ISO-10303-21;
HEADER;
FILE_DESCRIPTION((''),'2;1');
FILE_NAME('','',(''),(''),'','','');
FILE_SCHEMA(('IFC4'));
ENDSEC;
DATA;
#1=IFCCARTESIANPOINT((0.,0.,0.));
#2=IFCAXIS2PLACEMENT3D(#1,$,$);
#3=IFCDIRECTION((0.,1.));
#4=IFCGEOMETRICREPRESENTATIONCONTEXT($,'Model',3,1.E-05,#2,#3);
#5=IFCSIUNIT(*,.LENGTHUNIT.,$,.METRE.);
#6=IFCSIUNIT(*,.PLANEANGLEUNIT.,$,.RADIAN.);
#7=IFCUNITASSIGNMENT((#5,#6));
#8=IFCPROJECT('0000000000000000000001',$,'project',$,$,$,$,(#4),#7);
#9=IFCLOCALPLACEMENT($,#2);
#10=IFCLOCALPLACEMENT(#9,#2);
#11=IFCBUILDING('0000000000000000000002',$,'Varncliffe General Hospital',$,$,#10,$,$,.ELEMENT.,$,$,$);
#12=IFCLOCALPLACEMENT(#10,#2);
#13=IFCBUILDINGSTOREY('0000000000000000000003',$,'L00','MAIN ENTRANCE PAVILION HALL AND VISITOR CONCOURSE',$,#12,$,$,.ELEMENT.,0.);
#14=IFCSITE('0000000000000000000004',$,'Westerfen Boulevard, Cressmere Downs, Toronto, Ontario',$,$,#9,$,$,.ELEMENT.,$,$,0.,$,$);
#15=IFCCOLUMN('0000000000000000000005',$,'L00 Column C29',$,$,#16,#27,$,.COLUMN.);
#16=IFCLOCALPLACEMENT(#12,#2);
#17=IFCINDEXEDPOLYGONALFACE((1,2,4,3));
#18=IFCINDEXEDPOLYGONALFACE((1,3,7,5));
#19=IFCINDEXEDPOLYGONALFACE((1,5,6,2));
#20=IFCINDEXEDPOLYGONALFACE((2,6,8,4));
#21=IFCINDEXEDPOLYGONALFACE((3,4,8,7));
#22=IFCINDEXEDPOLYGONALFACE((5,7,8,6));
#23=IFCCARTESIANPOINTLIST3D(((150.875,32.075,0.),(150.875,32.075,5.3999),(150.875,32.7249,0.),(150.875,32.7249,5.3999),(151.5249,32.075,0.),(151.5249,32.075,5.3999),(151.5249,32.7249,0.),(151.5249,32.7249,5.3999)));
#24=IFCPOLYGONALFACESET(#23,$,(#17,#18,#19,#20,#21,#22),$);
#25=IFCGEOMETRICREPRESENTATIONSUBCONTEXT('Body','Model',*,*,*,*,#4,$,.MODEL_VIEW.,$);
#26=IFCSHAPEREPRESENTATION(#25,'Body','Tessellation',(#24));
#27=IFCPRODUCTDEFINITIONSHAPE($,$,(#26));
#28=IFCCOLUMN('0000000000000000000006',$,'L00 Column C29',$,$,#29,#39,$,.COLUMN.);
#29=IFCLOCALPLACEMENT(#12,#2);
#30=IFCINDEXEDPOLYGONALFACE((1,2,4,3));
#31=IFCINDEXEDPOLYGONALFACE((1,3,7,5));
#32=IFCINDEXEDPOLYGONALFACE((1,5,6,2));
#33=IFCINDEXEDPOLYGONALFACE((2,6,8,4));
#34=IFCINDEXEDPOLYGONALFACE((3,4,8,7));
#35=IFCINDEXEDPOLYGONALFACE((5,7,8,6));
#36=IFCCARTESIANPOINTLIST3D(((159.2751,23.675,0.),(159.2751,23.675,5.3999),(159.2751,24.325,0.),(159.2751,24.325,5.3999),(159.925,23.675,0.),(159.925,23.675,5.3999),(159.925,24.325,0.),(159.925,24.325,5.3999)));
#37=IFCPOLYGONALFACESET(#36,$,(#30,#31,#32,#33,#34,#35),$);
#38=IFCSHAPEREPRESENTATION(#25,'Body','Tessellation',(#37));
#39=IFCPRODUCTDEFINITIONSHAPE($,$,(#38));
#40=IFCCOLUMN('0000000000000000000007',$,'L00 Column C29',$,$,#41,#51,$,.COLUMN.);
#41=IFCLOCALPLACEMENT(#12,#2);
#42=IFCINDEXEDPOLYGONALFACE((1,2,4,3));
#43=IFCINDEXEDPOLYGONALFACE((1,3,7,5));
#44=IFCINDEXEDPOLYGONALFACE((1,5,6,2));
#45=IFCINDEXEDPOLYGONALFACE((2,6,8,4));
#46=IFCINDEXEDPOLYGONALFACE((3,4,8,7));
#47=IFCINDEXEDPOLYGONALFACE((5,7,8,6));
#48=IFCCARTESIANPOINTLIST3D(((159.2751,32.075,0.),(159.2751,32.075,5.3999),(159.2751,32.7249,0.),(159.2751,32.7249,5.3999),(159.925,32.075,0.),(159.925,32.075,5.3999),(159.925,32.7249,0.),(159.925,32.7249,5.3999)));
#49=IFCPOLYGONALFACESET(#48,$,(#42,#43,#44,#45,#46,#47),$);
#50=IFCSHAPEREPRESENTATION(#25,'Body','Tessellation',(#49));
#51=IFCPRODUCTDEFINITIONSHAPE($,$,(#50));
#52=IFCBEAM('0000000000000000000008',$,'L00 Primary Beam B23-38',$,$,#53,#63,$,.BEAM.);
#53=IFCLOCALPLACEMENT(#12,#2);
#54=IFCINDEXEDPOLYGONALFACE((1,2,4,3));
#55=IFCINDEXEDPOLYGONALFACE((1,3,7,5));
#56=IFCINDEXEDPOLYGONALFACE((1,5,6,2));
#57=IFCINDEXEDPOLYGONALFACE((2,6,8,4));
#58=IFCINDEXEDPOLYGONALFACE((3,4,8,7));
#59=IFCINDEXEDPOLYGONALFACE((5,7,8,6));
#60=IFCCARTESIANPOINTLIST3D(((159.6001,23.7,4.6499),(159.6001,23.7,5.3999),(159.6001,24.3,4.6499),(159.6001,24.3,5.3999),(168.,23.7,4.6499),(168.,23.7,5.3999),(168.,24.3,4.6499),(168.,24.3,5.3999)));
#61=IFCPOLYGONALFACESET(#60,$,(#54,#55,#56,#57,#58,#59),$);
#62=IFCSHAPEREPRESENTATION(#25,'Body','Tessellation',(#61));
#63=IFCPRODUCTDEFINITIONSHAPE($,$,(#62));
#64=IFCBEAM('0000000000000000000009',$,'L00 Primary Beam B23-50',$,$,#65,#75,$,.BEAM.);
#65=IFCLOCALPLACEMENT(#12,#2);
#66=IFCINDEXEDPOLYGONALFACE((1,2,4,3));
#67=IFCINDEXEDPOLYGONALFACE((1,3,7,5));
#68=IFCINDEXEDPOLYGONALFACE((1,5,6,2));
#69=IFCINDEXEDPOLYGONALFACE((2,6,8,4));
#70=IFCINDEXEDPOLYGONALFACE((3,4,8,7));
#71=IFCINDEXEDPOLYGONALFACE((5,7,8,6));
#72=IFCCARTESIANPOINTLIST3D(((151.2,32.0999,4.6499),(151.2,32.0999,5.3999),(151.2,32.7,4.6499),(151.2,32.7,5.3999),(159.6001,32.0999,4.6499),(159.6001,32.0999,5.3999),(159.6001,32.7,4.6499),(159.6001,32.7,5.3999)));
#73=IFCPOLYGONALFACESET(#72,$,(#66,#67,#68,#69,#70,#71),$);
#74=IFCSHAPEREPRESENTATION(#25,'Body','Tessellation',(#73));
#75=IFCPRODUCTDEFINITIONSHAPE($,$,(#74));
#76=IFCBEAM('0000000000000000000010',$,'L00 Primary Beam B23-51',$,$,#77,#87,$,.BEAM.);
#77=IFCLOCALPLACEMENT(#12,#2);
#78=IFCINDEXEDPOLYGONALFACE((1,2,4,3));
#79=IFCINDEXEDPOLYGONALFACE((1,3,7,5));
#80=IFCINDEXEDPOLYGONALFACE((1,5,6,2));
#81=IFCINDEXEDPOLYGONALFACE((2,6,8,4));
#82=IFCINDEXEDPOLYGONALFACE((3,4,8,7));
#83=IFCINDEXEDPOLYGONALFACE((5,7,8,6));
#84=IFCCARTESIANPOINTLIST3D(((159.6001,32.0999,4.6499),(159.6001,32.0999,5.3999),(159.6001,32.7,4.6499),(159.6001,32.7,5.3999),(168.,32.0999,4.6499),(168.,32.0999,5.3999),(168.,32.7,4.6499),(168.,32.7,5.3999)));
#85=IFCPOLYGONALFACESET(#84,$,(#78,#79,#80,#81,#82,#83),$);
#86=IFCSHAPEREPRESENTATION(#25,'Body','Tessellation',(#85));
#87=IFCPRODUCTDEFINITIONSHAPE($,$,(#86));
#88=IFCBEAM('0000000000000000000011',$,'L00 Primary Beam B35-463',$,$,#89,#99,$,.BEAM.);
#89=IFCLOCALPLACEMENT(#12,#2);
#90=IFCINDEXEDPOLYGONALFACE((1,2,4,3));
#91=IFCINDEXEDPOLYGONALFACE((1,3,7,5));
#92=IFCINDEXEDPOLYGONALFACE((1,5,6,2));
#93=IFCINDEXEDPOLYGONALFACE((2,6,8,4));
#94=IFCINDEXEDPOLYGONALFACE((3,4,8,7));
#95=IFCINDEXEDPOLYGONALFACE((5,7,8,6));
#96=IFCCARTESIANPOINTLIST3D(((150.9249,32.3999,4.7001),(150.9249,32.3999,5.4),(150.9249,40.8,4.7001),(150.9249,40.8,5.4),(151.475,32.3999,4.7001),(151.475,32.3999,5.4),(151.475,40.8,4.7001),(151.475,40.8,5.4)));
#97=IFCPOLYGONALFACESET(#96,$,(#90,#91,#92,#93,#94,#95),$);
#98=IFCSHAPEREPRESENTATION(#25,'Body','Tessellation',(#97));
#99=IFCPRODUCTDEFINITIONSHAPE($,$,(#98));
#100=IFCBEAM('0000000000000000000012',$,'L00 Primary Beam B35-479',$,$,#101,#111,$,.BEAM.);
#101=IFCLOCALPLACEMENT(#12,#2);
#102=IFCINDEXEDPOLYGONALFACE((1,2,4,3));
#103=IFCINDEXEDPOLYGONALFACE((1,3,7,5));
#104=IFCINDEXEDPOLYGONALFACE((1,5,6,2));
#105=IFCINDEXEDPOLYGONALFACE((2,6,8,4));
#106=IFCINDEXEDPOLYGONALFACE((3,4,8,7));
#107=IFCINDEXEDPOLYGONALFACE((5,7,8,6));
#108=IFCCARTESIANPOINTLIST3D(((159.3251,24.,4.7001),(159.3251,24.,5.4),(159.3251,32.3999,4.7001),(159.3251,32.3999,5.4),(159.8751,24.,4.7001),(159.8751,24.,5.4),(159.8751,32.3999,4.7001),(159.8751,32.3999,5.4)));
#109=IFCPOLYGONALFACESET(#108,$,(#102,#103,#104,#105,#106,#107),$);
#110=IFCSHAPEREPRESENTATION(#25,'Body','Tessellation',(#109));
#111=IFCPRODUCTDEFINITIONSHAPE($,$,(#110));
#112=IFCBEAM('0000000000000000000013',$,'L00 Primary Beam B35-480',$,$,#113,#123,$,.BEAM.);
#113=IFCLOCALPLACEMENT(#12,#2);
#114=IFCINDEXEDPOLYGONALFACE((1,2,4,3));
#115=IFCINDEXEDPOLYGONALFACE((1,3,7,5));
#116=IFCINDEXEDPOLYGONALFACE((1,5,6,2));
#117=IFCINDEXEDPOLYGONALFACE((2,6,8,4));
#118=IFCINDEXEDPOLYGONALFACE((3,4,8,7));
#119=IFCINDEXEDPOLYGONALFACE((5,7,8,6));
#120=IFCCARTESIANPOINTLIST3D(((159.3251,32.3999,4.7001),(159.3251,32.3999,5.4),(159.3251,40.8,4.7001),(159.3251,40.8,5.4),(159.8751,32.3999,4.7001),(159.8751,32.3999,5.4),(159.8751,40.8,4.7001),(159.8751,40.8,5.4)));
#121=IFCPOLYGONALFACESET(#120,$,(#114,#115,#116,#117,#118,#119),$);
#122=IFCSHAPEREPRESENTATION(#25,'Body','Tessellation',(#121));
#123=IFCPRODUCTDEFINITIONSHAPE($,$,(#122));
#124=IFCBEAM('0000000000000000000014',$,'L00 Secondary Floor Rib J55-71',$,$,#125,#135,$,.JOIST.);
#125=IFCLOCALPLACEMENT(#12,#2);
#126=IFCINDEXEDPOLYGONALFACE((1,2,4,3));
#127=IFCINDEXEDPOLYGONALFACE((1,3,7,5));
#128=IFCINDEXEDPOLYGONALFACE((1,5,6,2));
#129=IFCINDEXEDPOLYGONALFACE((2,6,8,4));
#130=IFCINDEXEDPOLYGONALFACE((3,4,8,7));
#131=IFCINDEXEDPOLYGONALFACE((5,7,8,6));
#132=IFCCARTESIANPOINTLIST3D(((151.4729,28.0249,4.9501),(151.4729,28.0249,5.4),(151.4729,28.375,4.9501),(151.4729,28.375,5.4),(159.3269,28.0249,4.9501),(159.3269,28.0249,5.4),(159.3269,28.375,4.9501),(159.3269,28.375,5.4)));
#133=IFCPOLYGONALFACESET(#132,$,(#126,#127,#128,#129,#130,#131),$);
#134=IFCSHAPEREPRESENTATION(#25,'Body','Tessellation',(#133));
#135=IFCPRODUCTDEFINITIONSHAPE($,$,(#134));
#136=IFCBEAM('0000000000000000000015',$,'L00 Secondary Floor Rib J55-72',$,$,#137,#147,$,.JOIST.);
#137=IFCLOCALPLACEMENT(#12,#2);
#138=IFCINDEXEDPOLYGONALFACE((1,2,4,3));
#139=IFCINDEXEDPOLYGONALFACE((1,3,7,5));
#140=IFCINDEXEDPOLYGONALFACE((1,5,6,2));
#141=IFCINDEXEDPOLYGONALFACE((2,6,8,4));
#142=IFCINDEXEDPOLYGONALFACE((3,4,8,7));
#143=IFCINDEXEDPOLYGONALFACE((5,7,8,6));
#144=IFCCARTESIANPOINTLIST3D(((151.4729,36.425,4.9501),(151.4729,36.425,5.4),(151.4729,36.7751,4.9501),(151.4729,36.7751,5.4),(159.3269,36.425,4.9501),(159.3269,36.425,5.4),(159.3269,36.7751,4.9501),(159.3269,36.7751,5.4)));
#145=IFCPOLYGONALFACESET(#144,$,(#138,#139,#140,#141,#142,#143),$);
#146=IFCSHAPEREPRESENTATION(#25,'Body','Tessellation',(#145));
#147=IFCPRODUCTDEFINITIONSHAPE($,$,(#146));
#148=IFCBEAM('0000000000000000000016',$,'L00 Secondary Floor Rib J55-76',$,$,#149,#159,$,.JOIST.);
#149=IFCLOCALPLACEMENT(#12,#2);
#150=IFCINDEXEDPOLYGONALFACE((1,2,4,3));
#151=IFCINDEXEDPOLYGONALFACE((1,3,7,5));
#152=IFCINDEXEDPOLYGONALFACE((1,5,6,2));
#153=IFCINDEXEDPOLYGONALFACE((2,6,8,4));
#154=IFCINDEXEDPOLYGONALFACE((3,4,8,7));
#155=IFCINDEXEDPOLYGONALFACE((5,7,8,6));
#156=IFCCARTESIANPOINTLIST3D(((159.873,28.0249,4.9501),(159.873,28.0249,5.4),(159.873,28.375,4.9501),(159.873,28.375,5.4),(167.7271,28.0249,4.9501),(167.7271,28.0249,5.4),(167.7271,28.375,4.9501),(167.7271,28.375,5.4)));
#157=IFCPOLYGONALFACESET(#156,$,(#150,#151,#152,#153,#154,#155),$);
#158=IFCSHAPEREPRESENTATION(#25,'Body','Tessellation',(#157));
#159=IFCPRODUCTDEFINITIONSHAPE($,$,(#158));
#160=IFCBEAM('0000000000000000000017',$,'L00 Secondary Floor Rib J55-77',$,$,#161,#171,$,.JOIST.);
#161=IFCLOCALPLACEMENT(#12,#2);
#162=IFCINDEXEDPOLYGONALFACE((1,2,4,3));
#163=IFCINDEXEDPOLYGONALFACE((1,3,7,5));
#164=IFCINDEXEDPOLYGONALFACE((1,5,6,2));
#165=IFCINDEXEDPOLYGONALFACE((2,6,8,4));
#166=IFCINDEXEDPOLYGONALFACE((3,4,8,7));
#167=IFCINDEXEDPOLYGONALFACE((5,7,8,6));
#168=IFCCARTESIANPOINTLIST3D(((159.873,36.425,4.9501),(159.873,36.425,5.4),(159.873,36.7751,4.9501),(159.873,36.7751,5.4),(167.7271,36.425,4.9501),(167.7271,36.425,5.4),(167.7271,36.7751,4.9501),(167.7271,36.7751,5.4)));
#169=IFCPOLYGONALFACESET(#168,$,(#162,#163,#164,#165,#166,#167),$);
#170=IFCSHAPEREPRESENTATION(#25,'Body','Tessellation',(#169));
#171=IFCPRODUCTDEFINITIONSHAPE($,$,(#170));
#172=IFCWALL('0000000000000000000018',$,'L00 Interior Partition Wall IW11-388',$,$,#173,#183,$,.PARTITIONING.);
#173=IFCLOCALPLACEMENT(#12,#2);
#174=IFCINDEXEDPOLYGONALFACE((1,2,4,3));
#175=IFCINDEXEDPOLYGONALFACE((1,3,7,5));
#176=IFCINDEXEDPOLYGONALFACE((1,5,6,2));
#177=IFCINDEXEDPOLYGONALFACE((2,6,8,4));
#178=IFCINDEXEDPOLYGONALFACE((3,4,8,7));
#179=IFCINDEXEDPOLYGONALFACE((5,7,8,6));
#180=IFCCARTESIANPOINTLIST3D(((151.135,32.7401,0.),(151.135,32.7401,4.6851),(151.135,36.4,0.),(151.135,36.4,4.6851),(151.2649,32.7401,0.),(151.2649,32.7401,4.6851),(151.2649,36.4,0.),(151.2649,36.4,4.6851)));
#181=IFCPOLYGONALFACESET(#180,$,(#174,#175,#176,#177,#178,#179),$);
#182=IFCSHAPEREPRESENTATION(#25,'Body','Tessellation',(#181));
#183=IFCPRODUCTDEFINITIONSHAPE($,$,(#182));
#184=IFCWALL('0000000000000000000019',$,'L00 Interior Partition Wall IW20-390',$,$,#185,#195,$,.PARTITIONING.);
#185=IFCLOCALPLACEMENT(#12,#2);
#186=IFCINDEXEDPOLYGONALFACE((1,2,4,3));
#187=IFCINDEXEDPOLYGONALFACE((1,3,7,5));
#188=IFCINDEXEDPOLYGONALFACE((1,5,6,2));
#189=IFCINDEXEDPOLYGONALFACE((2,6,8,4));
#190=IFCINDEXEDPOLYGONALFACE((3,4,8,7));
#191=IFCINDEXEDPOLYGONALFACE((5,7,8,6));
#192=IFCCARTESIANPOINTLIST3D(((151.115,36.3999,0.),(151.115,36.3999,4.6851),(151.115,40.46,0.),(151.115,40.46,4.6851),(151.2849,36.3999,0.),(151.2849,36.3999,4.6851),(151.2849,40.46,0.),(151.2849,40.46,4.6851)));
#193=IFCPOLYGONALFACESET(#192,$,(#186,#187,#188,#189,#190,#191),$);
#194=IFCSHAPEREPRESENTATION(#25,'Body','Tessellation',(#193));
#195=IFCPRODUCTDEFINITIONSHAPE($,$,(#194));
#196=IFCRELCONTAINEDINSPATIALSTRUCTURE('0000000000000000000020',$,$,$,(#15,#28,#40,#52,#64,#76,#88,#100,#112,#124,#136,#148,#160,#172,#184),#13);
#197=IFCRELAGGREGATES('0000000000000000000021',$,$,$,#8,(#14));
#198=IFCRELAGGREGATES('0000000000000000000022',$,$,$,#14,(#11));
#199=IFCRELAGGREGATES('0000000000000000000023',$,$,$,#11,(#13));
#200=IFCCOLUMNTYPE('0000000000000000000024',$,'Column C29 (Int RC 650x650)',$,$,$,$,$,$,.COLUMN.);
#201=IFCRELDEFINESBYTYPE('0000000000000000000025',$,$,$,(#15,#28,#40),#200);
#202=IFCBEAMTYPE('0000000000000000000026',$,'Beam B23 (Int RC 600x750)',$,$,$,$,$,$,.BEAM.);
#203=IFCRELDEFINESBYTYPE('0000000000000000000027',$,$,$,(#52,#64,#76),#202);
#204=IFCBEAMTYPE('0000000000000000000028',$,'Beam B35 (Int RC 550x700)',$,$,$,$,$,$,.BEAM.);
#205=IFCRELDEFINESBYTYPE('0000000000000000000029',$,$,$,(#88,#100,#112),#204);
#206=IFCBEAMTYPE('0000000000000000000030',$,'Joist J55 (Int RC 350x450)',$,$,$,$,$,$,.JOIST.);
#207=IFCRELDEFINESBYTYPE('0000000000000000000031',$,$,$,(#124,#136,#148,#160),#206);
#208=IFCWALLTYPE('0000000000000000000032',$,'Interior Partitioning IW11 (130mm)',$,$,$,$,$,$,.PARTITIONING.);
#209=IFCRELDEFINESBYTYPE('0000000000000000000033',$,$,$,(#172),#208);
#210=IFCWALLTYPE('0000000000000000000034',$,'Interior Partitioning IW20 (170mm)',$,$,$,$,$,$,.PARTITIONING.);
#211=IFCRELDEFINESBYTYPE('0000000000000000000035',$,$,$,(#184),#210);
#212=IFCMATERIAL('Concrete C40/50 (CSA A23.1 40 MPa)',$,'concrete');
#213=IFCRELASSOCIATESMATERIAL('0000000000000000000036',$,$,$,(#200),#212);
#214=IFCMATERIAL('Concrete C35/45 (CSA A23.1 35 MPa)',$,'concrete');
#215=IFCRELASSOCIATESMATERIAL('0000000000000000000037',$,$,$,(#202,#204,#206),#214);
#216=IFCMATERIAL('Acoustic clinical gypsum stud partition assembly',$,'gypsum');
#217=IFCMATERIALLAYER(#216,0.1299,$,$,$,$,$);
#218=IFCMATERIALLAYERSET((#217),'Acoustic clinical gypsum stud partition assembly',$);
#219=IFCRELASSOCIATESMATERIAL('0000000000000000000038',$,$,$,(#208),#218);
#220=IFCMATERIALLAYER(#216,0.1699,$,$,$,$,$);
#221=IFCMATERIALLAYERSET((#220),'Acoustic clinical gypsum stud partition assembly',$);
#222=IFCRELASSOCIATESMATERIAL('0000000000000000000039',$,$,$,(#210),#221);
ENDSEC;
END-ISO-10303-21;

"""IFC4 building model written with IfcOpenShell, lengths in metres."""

from ifc_helpers import new_model, si_unit, direction, frame, frame_2d, origin, origin_2d, place, context, subcontext, project, spatial, rectangle, extrude, material, layer, layer_set, material_profile, profile_set, type_object, element, save


model = new_model("IFC4")

# Units and contexts
model_context = context("Model", 3, precision=1e-05, world=origin(), true_north=direction((0.0, 1.0)))
body_context = subcontext(model_context, "Body", "Model", "MODEL_VIEW")
ifc_project = project(units=[si_unit("LENGTHUNIT", "METRE"), si_unit("PLANEANGLEUNIT", "RADIAN")], contexts=[model_context])

# Site, building, storey
site_placement = place(None, origin())
site = spatial("IfcSite", under=ifc_project, at=site_placement, Name="Westerfen Boulevard, Cressmere Downs, Toronto, Ontario", CompositionType="ELEMENT", RefElevation=0.0)
building_placement = place(site_placement, origin())
building = spatial("IfcBuilding", under=site, at=building_placement, Name="Varncliffe General Hospital", CompositionType="ELEMENT")
storey_placement = place(building_placement, origin())
storey = spatial("IfcBuildingStorey", under=building, at=storey_placement, Name="L00", Description="MAIN ENTRANCE PAVILION HALL AND VISITOR CONCOURSE", CompositionType="ELEMENT", Elevation=0.0)

# Columns
ifc_material_1 = material(Name="Concrete C40/50 (CSA A23.1 40 MPa)", Category="concrete")
ifc_material_profile_1 = material_profile(ifc_material_1, rectangle(XDim=0.6499, YDim=0.6499, at=origin_2d()), Name="RC 650x650")
ifc_profile_set_1 = profile_set([ifc_material_profile_1], Name="Concrete C40/50 (CSA A23.1 40 MPa)")
column_type = type_object("IfcColumnType", Name="Column C29 (Int RC 650x650)", PredefinedType="COLUMN", material=ifc_profile_set_1)
for number, where, z_axis, x_axis, name in (
    (1, (151.2, 32.3999, 0.0), (0.0, 0.0, 1.0), (1.0, 0.0, 0.0), "L00 Column C29"),
    (2, (159.6001, 24.0, 0.0), (0.0, 0.0, 1.0), (1.0, 0.0, 0.0), "L00 Column C29"),
    (3, (159.6001, 32.3999, 0.0), (0.0, 0.0, 1.0), (1.0, 0.0, 0.0), "L00 Column C29"),
):
    element("IfcColumn", number, at=place(storey_placement, frame(where, z_axis=z_axis, x_axis=x_axis)), inside=storey, type_object=column_type, Name=name, PredefinedType="COLUMN", context=body_context, shape_type="SweptSolid", body=[
        extrude(rectangle(XDim=0.6499, YDim=0.6499, at=origin_2d()), origin(), (0.0, 0.0, 1.0), 5.3999),
    ])

# Beams
ifc_material_2 = material(Name="Concrete C35/45 (CSA A23.1 35 MPa)", Category="concrete")
ifc_material_profile_2 = material_profile(ifc_material_2, rectangle(XDim=0.6001, YDim=0.75, at=origin_2d()), Name="RC 600x750")
ifc_profile_set_2 = profile_set([ifc_material_profile_2], Name="Concrete C35/45 (CSA A23.1 35 MPa)")
beam_type_1 = type_object("IfcBeamType", Name="Beam B23 (Int RC 600x750)", PredefinedType="BEAM", material=ifc_profile_set_2)
beam_1_placement = place(storey_placement, frame((159.6001, 24.0, 5.0249), z_axis=(1.0, 0.0, 0.0), x_axis=(0.0, 1.0, 0.0)))
element("IfcBeam", 4, at=beam_1_placement, inside=storey, type_object=beam_type_1, Name="L00 Primary Beam B23-38", PredefinedType="BEAM", context=body_context, shape_type="SweptSolid", body=[
    extrude(rectangle(XDim=0.6001, YDim=0.75, at=origin_2d()), origin(), (0.0, 0.0, 1.0), 8.3999),
])
beam_2_placement = place(storey_placement, frame((151.2, 32.3999, 5.0249), z_axis=(1.0, 0.0, 0.0), x_axis=(0.0, 1.0, 0.0)))
element("IfcBeam", 5, at=beam_2_placement, inside=storey, type_object=beam_type_1, Name="L00 Primary Beam B23-50", PredefinedType="BEAM", context=body_context, shape_type="SweptSolid", body=[
    extrude(rectangle(XDim=0.6001, YDim=0.75, at=origin_2d()), origin(), (0.0, 0.0, 1.0), 8.4001),
])
beam_3_placement = place(storey_placement, frame((159.6001, 32.3999, 5.0249), z_axis=(1.0, 0.0, 0.0), x_axis=(0.0, 1.0, 0.0)))
element("IfcBeam", 6, at=beam_3_placement, inside=storey, type_object=beam_type_1, Name="L00 Primary Beam B23-51", PredefinedType="BEAM", context=body_context, shape_type="SweptSolid", body=[
    extrude(rectangle(XDim=0.6001, YDim=0.75, at=origin_2d()), origin(), (0.0, 0.0, 1.0), 8.3999),
])
ifc_material_profile_3 = material_profile(ifc_material_2, rectangle(XDim=0.55, YDim=0.7, at=origin_2d()), Name="RC 550x700")
ifc_profile_set_3 = profile_set([ifc_material_profile_3], Name="Concrete C35/45 (CSA A23.1 35 MPa)")
beam_type_2 = type_object("IfcBeamType", Name="Beam B35 (Int RC 550x700)", PredefinedType="BEAM", material=ifc_profile_set_3)
beam_4_placement = place(storey_placement, frame((151.2, 32.3999, 5.05), z_axis=(0.0, 1.0, 0.0), x_axis=(-1.0, 0.0, 0.0)))
element("IfcBeam", 7, at=beam_4_placement, inside=storey, type_object=beam_type_2, Name="L00 Primary Beam B35-463", PredefinedType="BEAM", context=body_context, shape_type="SweptSolid", body=[
    extrude(rectangle(XDim=0.55, YDim=0.7, at=origin_2d()), origin(), (0.0, 0.0, 1.0), 8.4001),
])
beam_5_placement = place(storey_placement, frame((159.6001, 24.0, 5.05), z_axis=(0.0, 1.0, 0.0), x_axis=(-1.0, 0.0, 0.0)))
element("IfcBeam", 8, at=beam_5_placement, inside=storey, type_object=beam_type_2, Name="L00 Primary Beam B35-479", PredefinedType="BEAM", context=body_context, shape_type="SweptSolid", body=[
    extrude(rectangle(XDim=0.55, YDim=0.7, at=origin_2d()), origin(), (0.0, 0.0, 1.0), 8.3999),
])
beam_6_placement = place(storey_placement, frame((159.6001, 32.3999, 5.05), z_axis=(0.0, 1.0, 0.0), x_axis=(-1.0, 0.0, 0.0)))
element("IfcBeam", 9, at=beam_6_placement, inside=storey, type_object=beam_type_2, Name="L00 Primary Beam B35-480", PredefinedType="BEAM", context=body_context, shape_type="SweptSolid", body=[
    extrude(rectangle(XDim=0.55, YDim=0.7, at=origin_2d()), origin(), (0.0, 0.0, 1.0), 8.4001),
])
ifc_material_profile_4 = material_profile(ifc_material_2, rectangle(XDim=0.3501, YDim=0.45, at=origin_2d()), Name="RC 350x450")
ifc_profile_set_4 = profile_set([ifc_material_profile_4], Name="Concrete C35/45 (CSA A23.1 35 MPa)")
beam_type_3 = type_object("IfcBeamType", Name="Joist J55 (Int RC 350x450)", PredefinedType="JOIST", material=ifc_profile_set_4)
for number, where, z_axis, x_axis, name in (
    (10, (151.4729, 28.2, 5.175), (1.0, 0.0, 0.0), (0.0, 1.0, 0.0), "L00 Secondary Floor Rib J55-71"),
    (11, (151.4729, 36.6001, 5.175), (1.0, 0.0, 0.0), (0.0, 1.0, 0.0), "L00 Secondary Floor Rib J55-72"),
    (12, (159.873, 28.2, 5.175), (1.0, 0.0, 0.0), (0.0, 1.0, 0.0), "L00 Secondary Floor Rib J55-76"),
    (13, (159.873, 36.6001, 5.175), (1.0, 0.0, 0.0), (0.0, 1.0, 0.0), "L00 Secondary Floor Rib J55-77"),
):
    element("IfcBeam", number, at=place(storey_placement, frame(where, z_axis=z_axis, x_axis=x_axis)), inside=storey, type_object=beam_type_3, Name=name, PredefinedType="JOIST", context=body_context, shape_type="SweptSolid", body=[
        extrude(rectangle(XDim=0.3501, YDim=0.45, at=origin_2d()), origin(), (0.0, 0.0, 1.0), 7.854),
    ])

# Walls
ifc_material_3 = material(Name="Acoustic clinical gypsum stud partition assembly", Category="gypsum")
ifc_layer_1 = layer(ifc_material_3, 0.1299)
ifc_layer_set_1 = layer_set([ifc_layer_1], Name="Acoustic clinical gypsum stud partition assembly")
wall_type_1 = type_object("IfcWallType", Name="Interior Partitioning IW11 (130mm)", PredefinedType="PARTITIONING", material=ifc_layer_set_1)
wall_1_placement = place(storey_placement, frame((151.2, 32.74, 0.0), z_axis=(0.0, 0.0, 1.0), x_axis=(0.0, 1.0, 0.0)))
element("IfcWall", 14, at=wall_1_placement, inside=storey, type_object=wall_type_1, Name="L00 Interior Partition Wall IW11-388", PredefinedType="PARTITIONING", context=body_context, shape_type="SweptSolid", body=[
    extrude(rectangle(XDim=3.6599, YDim=0.1299, at=frame_2d((1.8301, 0.0))), origin(), (0.0, 0.0, 1.0), 4.6851),
])
ifc_layer_2 = layer(ifc_material_3, 0.1699)
ifc_layer_set_2 = layer_set([ifc_layer_2], Name="Acoustic clinical gypsum stud partition assembly")
wall_type_2 = type_object("IfcWallType", Name="Interior Partitioning IW20 (170mm)", PredefinedType="PARTITIONING", material=ifc_layer_set_2)
wall_2_placement = place(storey_placement, frame((151.2, 36.3999, 0.0), z_axis=(0.0, 0.0, 1.0), x_axis=(0.0, 1.0, 0.0)))
element("IfcWall", 15, at=wall_2_placement, inside=storey, type_object=wall_type_2, Name="L00 Interior Partition Wall IW20-390", PredefinedType="PARTITIONING", context=body_context, shape_type="SweptSolid", body=[
    extrude(rectangle(XDim=4.0601, YDim=0.1699, at=frame_2d((2.03, 0.0))), origin(), (0.0, 0.0, 1.0), 4.6851),
])

save(model, "model.ifc")
